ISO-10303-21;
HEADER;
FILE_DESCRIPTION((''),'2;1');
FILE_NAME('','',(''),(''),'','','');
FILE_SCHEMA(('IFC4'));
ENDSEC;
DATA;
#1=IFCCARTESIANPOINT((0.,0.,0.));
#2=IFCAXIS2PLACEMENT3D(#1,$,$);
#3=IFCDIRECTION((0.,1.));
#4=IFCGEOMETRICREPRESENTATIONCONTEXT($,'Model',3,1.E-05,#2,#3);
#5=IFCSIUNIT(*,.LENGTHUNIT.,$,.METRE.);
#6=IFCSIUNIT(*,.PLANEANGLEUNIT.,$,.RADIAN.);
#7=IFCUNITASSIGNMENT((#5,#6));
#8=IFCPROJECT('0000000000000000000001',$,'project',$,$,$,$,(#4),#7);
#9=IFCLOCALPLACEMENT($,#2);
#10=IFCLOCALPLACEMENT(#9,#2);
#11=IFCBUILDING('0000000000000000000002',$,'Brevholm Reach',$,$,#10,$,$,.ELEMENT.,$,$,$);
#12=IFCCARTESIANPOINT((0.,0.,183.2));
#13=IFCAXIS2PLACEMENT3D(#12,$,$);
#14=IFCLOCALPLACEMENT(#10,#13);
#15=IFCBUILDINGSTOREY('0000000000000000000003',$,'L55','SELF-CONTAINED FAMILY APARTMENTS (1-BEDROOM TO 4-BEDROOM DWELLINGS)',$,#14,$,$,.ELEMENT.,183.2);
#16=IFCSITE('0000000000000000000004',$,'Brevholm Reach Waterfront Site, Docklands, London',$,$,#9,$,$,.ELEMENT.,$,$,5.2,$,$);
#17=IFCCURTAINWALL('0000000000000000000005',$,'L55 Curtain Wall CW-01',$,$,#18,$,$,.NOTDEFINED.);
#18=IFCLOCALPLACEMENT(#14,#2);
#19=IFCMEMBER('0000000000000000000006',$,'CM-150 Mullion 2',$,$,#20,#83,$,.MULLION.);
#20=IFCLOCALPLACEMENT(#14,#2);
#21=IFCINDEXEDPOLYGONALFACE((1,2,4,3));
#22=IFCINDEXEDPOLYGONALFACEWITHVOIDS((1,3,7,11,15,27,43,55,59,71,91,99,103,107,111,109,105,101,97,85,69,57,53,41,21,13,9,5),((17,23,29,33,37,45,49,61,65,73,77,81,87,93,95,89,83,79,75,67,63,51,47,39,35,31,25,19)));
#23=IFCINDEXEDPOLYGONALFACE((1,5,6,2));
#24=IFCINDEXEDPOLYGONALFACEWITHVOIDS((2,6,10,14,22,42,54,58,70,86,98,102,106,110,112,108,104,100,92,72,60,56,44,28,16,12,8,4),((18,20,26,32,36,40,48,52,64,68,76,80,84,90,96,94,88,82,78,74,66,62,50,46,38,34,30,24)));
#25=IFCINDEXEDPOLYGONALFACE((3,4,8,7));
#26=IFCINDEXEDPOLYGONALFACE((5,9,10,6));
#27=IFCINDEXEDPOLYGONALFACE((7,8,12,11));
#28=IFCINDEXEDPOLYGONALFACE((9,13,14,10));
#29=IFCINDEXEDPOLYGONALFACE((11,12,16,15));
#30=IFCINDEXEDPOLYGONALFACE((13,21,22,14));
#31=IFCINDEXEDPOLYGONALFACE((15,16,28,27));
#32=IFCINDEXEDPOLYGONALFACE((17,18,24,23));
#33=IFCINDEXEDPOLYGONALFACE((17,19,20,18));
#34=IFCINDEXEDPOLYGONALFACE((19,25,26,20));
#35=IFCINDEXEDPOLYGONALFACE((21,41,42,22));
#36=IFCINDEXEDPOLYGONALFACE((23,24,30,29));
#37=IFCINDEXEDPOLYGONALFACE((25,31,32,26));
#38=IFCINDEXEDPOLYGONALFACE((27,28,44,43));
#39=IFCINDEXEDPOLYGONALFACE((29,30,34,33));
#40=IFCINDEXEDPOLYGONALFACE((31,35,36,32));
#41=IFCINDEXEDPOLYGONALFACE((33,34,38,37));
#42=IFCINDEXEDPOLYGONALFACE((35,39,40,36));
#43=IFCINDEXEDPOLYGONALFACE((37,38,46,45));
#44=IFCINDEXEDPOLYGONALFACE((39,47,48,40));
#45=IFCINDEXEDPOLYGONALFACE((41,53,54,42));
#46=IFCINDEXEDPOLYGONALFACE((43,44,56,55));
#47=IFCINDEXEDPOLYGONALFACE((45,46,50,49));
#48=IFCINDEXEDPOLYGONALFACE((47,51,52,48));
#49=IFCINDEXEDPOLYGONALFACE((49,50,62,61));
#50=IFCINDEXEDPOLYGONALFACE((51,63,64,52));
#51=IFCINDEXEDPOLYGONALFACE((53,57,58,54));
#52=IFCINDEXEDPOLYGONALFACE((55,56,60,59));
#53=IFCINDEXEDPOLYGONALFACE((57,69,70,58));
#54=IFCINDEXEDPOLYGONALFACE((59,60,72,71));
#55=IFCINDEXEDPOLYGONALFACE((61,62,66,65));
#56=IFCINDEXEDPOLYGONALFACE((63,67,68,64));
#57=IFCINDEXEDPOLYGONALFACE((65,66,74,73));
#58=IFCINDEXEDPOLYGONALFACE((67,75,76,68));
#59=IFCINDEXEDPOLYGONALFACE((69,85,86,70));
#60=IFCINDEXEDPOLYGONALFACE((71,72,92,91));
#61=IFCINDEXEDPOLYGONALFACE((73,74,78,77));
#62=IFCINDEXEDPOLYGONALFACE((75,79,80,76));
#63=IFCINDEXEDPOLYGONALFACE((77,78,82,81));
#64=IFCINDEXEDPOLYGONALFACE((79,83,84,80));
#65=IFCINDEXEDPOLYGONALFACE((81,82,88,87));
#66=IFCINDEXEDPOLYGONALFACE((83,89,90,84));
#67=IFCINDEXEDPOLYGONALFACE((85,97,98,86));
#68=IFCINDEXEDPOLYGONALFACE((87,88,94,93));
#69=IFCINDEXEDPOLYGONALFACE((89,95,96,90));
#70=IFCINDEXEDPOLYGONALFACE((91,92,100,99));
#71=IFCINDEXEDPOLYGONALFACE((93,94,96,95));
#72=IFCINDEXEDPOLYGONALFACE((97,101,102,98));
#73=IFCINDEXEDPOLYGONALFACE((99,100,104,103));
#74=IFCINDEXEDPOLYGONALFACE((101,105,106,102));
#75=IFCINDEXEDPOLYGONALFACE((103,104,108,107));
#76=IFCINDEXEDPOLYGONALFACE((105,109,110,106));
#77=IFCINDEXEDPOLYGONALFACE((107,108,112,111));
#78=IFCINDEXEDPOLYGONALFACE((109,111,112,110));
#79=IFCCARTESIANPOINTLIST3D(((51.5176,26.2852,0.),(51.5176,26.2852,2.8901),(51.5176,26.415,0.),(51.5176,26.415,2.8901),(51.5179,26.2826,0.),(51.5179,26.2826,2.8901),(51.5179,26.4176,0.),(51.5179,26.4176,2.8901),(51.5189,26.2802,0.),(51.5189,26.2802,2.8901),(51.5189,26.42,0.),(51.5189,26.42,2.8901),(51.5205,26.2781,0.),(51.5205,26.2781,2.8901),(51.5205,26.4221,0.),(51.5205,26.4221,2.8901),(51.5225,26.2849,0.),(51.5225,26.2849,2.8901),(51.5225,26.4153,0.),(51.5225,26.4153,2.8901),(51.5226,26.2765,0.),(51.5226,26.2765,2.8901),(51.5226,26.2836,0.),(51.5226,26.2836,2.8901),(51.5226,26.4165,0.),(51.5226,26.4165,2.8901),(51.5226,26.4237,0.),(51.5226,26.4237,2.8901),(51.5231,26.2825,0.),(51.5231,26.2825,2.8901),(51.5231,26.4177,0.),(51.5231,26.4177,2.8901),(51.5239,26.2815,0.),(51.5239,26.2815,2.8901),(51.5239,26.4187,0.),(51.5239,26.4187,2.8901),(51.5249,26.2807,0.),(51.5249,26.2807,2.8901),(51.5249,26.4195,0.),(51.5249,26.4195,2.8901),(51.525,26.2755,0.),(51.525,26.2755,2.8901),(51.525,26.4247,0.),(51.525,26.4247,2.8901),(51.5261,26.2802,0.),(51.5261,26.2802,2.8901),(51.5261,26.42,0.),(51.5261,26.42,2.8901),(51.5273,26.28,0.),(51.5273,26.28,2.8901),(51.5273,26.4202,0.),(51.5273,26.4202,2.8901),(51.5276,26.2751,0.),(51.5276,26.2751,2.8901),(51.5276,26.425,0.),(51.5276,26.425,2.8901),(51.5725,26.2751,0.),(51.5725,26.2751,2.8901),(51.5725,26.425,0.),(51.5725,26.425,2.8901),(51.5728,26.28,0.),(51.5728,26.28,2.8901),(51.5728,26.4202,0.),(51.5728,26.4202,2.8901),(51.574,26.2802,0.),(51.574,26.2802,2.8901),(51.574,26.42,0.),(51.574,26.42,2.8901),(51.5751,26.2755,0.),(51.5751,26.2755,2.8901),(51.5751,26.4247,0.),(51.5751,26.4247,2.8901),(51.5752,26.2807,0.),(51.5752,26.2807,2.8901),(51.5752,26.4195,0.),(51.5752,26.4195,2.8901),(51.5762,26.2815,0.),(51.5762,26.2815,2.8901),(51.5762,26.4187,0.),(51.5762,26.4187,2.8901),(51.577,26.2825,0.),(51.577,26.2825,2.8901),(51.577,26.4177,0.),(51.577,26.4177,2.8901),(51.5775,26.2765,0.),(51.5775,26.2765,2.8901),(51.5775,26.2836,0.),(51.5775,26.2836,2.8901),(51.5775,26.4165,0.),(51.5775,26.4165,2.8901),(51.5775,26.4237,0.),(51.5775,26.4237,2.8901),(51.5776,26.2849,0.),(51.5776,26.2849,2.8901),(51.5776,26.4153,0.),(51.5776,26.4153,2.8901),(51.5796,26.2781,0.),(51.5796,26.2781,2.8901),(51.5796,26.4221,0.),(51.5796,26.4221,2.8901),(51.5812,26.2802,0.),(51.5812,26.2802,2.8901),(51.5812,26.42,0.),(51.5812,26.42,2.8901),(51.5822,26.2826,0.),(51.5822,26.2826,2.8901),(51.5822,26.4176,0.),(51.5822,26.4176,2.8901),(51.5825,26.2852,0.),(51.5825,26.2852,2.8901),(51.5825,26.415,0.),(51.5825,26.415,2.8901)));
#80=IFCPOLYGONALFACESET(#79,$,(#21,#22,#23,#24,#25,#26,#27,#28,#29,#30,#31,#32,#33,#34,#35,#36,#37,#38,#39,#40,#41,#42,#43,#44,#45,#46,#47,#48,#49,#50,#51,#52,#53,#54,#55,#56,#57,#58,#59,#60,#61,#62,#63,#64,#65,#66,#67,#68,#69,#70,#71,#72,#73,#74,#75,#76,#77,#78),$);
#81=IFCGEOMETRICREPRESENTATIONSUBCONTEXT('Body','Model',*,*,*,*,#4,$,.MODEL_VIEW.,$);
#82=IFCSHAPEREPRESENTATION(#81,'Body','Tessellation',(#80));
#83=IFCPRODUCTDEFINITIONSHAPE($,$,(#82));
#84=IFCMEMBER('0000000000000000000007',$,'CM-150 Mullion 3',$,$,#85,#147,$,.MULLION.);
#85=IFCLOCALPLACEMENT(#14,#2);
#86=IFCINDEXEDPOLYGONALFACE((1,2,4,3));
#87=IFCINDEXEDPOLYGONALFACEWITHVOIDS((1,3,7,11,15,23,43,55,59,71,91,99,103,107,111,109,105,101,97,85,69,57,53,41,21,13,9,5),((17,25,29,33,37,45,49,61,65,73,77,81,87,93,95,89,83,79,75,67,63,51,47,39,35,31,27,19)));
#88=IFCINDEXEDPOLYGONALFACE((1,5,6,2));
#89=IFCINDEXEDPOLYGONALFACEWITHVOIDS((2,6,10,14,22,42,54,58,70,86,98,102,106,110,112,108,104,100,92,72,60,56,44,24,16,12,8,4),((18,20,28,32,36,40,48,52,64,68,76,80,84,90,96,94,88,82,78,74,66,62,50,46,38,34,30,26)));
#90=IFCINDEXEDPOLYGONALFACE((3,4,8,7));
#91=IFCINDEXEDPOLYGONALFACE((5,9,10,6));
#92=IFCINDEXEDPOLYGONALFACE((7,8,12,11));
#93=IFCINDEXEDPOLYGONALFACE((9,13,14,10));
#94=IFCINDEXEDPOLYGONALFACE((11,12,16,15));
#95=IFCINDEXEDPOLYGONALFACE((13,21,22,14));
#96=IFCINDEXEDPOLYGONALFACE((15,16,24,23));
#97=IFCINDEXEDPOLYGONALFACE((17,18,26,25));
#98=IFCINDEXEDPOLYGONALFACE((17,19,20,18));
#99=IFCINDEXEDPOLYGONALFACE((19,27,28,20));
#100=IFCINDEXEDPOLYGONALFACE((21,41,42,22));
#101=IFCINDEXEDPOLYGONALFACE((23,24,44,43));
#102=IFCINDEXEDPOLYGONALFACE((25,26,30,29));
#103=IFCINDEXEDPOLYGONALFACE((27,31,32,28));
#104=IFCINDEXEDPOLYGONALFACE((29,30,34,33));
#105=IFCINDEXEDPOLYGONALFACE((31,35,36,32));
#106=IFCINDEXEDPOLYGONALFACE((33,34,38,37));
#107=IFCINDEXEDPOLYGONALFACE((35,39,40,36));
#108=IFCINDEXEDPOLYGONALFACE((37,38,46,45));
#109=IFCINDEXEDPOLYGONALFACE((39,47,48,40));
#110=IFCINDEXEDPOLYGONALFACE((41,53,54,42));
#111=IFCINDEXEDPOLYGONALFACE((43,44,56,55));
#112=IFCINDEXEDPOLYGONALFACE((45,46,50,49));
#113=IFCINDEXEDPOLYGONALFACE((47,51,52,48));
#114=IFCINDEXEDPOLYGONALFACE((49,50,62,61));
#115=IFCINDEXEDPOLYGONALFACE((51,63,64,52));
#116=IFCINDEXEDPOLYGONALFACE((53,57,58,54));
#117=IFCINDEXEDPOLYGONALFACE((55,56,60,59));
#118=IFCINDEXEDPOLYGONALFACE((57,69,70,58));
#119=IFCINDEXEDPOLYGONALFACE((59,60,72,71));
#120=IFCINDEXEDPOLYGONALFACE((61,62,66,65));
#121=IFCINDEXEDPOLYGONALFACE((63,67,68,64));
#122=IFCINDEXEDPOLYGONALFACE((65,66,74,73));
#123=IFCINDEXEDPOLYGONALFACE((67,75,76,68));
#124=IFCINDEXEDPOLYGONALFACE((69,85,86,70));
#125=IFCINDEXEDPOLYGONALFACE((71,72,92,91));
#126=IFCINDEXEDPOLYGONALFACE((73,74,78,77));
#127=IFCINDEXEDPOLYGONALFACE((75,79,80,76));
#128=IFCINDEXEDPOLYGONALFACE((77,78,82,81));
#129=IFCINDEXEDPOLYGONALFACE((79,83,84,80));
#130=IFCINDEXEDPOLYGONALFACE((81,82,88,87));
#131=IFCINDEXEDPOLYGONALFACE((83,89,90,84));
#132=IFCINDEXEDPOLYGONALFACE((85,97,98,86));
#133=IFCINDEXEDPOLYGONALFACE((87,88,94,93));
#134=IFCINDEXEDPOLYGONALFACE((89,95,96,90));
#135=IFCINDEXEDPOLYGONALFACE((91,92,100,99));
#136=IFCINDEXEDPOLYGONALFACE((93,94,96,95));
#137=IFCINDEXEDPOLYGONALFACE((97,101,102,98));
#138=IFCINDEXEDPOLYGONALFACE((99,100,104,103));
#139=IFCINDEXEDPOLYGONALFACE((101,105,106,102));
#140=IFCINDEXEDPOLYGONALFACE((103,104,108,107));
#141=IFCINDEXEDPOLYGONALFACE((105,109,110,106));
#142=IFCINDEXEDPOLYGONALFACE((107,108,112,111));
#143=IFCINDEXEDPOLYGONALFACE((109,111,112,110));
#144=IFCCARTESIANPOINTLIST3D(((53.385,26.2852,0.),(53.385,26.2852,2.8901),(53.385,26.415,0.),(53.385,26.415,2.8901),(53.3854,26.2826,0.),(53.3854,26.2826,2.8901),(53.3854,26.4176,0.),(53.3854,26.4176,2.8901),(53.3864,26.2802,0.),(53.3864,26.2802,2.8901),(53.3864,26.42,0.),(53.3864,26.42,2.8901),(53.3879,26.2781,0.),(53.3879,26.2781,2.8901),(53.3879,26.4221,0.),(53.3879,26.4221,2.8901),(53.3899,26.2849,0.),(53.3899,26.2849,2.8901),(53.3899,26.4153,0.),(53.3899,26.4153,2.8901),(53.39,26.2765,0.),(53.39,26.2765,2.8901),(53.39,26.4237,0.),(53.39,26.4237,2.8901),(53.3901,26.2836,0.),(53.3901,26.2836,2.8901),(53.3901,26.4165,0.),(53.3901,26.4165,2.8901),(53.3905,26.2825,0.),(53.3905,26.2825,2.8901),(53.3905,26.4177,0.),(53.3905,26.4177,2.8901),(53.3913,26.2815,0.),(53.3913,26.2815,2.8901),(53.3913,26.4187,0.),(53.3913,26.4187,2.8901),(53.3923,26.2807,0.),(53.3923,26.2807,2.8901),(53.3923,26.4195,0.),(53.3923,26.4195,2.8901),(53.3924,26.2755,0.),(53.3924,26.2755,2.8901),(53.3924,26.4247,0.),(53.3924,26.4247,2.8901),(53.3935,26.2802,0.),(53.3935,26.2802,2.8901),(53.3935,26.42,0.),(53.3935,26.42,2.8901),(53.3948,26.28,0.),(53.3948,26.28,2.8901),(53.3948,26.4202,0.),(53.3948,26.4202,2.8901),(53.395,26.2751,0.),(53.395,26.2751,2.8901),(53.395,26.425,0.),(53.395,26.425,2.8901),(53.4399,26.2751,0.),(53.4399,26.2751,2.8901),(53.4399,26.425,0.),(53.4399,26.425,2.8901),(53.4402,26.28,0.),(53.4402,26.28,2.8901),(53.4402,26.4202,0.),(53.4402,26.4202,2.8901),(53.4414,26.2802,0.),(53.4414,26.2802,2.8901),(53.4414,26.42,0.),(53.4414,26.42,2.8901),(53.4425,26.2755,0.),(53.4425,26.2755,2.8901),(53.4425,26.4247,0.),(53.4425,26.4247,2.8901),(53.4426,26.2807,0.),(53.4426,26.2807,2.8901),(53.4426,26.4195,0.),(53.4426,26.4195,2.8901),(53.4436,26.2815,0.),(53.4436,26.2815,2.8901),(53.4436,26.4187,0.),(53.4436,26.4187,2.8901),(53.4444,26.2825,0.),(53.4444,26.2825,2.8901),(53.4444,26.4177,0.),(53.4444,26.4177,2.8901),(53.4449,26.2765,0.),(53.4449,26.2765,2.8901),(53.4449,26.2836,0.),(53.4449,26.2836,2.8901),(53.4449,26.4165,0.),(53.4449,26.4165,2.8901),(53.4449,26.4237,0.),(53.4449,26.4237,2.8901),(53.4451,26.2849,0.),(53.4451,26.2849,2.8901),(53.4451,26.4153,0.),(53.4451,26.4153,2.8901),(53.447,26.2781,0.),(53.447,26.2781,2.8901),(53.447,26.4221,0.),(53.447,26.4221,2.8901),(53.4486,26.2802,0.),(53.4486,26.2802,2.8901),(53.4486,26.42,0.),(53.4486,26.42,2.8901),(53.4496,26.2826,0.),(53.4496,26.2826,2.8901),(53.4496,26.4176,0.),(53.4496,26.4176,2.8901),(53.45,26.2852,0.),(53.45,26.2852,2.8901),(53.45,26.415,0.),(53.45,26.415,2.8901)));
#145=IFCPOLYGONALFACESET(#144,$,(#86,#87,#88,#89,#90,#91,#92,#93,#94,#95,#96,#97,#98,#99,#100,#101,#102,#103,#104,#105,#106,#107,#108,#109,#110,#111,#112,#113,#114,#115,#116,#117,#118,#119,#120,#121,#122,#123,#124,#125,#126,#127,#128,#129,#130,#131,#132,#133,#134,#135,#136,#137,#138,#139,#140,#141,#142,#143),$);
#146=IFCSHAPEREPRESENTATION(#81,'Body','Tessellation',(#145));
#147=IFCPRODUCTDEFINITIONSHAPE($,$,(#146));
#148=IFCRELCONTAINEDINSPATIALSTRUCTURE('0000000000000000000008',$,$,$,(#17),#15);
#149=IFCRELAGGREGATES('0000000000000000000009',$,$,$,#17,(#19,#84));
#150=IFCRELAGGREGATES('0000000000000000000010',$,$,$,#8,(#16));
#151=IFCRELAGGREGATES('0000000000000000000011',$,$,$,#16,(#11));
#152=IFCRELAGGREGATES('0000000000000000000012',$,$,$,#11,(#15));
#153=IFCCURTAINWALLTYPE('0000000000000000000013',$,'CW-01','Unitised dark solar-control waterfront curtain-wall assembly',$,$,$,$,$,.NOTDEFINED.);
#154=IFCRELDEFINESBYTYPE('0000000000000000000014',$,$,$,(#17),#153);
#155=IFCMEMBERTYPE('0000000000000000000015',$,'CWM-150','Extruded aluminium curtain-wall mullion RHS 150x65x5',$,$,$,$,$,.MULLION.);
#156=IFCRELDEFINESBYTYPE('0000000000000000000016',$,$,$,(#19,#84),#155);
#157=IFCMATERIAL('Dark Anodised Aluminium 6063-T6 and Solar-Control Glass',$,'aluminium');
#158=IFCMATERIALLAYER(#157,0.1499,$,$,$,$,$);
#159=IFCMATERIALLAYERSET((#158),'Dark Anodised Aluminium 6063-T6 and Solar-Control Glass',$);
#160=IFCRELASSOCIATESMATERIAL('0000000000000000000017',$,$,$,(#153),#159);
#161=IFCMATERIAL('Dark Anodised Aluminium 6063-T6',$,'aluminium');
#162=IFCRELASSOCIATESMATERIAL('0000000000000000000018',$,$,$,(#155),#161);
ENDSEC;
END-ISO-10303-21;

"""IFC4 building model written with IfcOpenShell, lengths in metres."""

from ifc_helpers import new_model, si_unit, direction, frame, origin, origin_2d, place, context, subcontext, project, spatial, hollow_rectangle, extrude, material, layer, layer_set, material_profile, profile_set, type_object, element, aggregate, save


model = new_model("IFC4")

# Units and contexts
model_context = context("Model", 3, precision=1e-05, world=origin(), true_north=direction((0.0, 1.0)))
body_context = subcontext(model_context, "Body", "Model", "MODEL_VIEW")
ifc_project = project(units=[si_unit("LENGTHUNIT", "METRE"), si_unit("PLANEANGLEUNIT", "RADIAN")], contexts=[model_context])

# Site, building, storey
site_placement = place(None, origin())
site = spatial("IfcSite", under=ifc_project, at=site_placement, Name="Brevholm Reach Waterfront Site, Docklands, London", CompositionType="ELEMENT", RefElevation=5.2)
building_placement = place(site_placement, origin())
building = spatial("IfcBuilding", under=site, at=building_placement, Name="Brevholm Reach", CompositionType="ELEMENT")
storey_placement = place(building_placement, frame((0.0, 0.0, 183.2)))
storey = spatial("IfcBuildingStorey", under=building, at=storey_placement, Name="L55", Description="SELF-CONTAINED FAMILY APARTMENTS (1-BEDROOM TO 4-BEDROOM DWELLINGS)", CompositionType="ELEMENT", Elevation=183.2)

# Curtain wall, members
ifc_material_1 = material(Name="Dark Anodised Aluminium 6063-T6 and Solar-Control Glass", Category="aluminium")
ifc_layer_1 = layer(ifc_material_1, 0.1499)
ifc_layer_set_1 = layer_set([ifc_layer_1], Name="Dark Anodised Aluminium 6063-T6 and Solar-Control Glass")
curtain_wall_type = type_object("IfcCurtainWallType", Name="CW-01", Description="Unitised dark solar-control waterfront curtain-wall assembly", PredefinedType="NOTDEFINED", material=ifc_layer_set_1)
curtain_wall_placement = place(storey_placement, origin())
curtain_wall = element("IfcCurtainWall", 1, at=curtain_wall_placement, inside=storey, type_object=curtain_wall_type, Name="L55 Curtain Wall CW-01", PredefinedType="NOTDEFINED")
ifc_material_2 = material(Name="Dark Anodised Aluminium 6063-T6", Category="aluminium")
ifc_material_profile_1 = material_profile(ifc_material_2, hollow_rectangle(XDim=0.0649, YDim=0.1499, WallThickness=0.0049, InnerFilletRadius=0.0049, OuterFilletRadius=0.01, at=origin_2d()), Name="RHS 150x65x5")
ifc_profile_set_1 = profile_set([ifc_material_profile_1], Name="Dark Anodised Aluminium 6063-T6")
member_type_1 = type_object("IfcMemberType", Name="CWM-150", Description="Extruded aluminium curtain-wall mullion RHS 150x65x5", PredefinedType="MULLION", material=ifc_profile_set_1)
member_1_placement = place(storey_placement, frame((51.55, 26.3501, 0.0), z_axis=(0.0, 0.0, 1.0), x_axis=(1.0, 0.0, 0.0)))
member_1 = element("IfcMember", 2, at=member_1_placement, type_object=member_type_1, Name="CM-150 Mullion 2", PredefinedType="MULLION", context=body_context, shape_type="SweptSolid", body=[
    extrude(hollow_rectangle(XDim=0.0649, YDim=0.1499, WallThickness=0.0049, InnerFilletRadius=0.0049, OuterFilletRadius=0.01, at=origin_2d()), origin(), (0.0, 0.0, 1.0), 2.8901),
])
member_2_placement = place(storey_placement, frame((53.4175, 26.3501, 0.0), z_axis=(0.0, 0.0, 1.0), x_axis=(1.0, 0.0, 0.0)))
member_2 = element("IfcMember", 3, at=member_2_placement, type_object=member_type_1, Name="CM-150 Mullion 3", PredefinedType="MULLION", context=body_context, shape_type="SweptSolid", body=[
    extrude(hollow_rectangle(XDim=0.0649, YDim=0.1499, WallThickness=0.0049, InnerFilletRadius=0.0049, OuterFilletRadius=0.01, at=origin_2d()), origin(), (0.0, 0.0, 1.0), 2.8901),
])
aggregate(curtain_wall, [member_1, member_2])

save(model, "model.ifc")
